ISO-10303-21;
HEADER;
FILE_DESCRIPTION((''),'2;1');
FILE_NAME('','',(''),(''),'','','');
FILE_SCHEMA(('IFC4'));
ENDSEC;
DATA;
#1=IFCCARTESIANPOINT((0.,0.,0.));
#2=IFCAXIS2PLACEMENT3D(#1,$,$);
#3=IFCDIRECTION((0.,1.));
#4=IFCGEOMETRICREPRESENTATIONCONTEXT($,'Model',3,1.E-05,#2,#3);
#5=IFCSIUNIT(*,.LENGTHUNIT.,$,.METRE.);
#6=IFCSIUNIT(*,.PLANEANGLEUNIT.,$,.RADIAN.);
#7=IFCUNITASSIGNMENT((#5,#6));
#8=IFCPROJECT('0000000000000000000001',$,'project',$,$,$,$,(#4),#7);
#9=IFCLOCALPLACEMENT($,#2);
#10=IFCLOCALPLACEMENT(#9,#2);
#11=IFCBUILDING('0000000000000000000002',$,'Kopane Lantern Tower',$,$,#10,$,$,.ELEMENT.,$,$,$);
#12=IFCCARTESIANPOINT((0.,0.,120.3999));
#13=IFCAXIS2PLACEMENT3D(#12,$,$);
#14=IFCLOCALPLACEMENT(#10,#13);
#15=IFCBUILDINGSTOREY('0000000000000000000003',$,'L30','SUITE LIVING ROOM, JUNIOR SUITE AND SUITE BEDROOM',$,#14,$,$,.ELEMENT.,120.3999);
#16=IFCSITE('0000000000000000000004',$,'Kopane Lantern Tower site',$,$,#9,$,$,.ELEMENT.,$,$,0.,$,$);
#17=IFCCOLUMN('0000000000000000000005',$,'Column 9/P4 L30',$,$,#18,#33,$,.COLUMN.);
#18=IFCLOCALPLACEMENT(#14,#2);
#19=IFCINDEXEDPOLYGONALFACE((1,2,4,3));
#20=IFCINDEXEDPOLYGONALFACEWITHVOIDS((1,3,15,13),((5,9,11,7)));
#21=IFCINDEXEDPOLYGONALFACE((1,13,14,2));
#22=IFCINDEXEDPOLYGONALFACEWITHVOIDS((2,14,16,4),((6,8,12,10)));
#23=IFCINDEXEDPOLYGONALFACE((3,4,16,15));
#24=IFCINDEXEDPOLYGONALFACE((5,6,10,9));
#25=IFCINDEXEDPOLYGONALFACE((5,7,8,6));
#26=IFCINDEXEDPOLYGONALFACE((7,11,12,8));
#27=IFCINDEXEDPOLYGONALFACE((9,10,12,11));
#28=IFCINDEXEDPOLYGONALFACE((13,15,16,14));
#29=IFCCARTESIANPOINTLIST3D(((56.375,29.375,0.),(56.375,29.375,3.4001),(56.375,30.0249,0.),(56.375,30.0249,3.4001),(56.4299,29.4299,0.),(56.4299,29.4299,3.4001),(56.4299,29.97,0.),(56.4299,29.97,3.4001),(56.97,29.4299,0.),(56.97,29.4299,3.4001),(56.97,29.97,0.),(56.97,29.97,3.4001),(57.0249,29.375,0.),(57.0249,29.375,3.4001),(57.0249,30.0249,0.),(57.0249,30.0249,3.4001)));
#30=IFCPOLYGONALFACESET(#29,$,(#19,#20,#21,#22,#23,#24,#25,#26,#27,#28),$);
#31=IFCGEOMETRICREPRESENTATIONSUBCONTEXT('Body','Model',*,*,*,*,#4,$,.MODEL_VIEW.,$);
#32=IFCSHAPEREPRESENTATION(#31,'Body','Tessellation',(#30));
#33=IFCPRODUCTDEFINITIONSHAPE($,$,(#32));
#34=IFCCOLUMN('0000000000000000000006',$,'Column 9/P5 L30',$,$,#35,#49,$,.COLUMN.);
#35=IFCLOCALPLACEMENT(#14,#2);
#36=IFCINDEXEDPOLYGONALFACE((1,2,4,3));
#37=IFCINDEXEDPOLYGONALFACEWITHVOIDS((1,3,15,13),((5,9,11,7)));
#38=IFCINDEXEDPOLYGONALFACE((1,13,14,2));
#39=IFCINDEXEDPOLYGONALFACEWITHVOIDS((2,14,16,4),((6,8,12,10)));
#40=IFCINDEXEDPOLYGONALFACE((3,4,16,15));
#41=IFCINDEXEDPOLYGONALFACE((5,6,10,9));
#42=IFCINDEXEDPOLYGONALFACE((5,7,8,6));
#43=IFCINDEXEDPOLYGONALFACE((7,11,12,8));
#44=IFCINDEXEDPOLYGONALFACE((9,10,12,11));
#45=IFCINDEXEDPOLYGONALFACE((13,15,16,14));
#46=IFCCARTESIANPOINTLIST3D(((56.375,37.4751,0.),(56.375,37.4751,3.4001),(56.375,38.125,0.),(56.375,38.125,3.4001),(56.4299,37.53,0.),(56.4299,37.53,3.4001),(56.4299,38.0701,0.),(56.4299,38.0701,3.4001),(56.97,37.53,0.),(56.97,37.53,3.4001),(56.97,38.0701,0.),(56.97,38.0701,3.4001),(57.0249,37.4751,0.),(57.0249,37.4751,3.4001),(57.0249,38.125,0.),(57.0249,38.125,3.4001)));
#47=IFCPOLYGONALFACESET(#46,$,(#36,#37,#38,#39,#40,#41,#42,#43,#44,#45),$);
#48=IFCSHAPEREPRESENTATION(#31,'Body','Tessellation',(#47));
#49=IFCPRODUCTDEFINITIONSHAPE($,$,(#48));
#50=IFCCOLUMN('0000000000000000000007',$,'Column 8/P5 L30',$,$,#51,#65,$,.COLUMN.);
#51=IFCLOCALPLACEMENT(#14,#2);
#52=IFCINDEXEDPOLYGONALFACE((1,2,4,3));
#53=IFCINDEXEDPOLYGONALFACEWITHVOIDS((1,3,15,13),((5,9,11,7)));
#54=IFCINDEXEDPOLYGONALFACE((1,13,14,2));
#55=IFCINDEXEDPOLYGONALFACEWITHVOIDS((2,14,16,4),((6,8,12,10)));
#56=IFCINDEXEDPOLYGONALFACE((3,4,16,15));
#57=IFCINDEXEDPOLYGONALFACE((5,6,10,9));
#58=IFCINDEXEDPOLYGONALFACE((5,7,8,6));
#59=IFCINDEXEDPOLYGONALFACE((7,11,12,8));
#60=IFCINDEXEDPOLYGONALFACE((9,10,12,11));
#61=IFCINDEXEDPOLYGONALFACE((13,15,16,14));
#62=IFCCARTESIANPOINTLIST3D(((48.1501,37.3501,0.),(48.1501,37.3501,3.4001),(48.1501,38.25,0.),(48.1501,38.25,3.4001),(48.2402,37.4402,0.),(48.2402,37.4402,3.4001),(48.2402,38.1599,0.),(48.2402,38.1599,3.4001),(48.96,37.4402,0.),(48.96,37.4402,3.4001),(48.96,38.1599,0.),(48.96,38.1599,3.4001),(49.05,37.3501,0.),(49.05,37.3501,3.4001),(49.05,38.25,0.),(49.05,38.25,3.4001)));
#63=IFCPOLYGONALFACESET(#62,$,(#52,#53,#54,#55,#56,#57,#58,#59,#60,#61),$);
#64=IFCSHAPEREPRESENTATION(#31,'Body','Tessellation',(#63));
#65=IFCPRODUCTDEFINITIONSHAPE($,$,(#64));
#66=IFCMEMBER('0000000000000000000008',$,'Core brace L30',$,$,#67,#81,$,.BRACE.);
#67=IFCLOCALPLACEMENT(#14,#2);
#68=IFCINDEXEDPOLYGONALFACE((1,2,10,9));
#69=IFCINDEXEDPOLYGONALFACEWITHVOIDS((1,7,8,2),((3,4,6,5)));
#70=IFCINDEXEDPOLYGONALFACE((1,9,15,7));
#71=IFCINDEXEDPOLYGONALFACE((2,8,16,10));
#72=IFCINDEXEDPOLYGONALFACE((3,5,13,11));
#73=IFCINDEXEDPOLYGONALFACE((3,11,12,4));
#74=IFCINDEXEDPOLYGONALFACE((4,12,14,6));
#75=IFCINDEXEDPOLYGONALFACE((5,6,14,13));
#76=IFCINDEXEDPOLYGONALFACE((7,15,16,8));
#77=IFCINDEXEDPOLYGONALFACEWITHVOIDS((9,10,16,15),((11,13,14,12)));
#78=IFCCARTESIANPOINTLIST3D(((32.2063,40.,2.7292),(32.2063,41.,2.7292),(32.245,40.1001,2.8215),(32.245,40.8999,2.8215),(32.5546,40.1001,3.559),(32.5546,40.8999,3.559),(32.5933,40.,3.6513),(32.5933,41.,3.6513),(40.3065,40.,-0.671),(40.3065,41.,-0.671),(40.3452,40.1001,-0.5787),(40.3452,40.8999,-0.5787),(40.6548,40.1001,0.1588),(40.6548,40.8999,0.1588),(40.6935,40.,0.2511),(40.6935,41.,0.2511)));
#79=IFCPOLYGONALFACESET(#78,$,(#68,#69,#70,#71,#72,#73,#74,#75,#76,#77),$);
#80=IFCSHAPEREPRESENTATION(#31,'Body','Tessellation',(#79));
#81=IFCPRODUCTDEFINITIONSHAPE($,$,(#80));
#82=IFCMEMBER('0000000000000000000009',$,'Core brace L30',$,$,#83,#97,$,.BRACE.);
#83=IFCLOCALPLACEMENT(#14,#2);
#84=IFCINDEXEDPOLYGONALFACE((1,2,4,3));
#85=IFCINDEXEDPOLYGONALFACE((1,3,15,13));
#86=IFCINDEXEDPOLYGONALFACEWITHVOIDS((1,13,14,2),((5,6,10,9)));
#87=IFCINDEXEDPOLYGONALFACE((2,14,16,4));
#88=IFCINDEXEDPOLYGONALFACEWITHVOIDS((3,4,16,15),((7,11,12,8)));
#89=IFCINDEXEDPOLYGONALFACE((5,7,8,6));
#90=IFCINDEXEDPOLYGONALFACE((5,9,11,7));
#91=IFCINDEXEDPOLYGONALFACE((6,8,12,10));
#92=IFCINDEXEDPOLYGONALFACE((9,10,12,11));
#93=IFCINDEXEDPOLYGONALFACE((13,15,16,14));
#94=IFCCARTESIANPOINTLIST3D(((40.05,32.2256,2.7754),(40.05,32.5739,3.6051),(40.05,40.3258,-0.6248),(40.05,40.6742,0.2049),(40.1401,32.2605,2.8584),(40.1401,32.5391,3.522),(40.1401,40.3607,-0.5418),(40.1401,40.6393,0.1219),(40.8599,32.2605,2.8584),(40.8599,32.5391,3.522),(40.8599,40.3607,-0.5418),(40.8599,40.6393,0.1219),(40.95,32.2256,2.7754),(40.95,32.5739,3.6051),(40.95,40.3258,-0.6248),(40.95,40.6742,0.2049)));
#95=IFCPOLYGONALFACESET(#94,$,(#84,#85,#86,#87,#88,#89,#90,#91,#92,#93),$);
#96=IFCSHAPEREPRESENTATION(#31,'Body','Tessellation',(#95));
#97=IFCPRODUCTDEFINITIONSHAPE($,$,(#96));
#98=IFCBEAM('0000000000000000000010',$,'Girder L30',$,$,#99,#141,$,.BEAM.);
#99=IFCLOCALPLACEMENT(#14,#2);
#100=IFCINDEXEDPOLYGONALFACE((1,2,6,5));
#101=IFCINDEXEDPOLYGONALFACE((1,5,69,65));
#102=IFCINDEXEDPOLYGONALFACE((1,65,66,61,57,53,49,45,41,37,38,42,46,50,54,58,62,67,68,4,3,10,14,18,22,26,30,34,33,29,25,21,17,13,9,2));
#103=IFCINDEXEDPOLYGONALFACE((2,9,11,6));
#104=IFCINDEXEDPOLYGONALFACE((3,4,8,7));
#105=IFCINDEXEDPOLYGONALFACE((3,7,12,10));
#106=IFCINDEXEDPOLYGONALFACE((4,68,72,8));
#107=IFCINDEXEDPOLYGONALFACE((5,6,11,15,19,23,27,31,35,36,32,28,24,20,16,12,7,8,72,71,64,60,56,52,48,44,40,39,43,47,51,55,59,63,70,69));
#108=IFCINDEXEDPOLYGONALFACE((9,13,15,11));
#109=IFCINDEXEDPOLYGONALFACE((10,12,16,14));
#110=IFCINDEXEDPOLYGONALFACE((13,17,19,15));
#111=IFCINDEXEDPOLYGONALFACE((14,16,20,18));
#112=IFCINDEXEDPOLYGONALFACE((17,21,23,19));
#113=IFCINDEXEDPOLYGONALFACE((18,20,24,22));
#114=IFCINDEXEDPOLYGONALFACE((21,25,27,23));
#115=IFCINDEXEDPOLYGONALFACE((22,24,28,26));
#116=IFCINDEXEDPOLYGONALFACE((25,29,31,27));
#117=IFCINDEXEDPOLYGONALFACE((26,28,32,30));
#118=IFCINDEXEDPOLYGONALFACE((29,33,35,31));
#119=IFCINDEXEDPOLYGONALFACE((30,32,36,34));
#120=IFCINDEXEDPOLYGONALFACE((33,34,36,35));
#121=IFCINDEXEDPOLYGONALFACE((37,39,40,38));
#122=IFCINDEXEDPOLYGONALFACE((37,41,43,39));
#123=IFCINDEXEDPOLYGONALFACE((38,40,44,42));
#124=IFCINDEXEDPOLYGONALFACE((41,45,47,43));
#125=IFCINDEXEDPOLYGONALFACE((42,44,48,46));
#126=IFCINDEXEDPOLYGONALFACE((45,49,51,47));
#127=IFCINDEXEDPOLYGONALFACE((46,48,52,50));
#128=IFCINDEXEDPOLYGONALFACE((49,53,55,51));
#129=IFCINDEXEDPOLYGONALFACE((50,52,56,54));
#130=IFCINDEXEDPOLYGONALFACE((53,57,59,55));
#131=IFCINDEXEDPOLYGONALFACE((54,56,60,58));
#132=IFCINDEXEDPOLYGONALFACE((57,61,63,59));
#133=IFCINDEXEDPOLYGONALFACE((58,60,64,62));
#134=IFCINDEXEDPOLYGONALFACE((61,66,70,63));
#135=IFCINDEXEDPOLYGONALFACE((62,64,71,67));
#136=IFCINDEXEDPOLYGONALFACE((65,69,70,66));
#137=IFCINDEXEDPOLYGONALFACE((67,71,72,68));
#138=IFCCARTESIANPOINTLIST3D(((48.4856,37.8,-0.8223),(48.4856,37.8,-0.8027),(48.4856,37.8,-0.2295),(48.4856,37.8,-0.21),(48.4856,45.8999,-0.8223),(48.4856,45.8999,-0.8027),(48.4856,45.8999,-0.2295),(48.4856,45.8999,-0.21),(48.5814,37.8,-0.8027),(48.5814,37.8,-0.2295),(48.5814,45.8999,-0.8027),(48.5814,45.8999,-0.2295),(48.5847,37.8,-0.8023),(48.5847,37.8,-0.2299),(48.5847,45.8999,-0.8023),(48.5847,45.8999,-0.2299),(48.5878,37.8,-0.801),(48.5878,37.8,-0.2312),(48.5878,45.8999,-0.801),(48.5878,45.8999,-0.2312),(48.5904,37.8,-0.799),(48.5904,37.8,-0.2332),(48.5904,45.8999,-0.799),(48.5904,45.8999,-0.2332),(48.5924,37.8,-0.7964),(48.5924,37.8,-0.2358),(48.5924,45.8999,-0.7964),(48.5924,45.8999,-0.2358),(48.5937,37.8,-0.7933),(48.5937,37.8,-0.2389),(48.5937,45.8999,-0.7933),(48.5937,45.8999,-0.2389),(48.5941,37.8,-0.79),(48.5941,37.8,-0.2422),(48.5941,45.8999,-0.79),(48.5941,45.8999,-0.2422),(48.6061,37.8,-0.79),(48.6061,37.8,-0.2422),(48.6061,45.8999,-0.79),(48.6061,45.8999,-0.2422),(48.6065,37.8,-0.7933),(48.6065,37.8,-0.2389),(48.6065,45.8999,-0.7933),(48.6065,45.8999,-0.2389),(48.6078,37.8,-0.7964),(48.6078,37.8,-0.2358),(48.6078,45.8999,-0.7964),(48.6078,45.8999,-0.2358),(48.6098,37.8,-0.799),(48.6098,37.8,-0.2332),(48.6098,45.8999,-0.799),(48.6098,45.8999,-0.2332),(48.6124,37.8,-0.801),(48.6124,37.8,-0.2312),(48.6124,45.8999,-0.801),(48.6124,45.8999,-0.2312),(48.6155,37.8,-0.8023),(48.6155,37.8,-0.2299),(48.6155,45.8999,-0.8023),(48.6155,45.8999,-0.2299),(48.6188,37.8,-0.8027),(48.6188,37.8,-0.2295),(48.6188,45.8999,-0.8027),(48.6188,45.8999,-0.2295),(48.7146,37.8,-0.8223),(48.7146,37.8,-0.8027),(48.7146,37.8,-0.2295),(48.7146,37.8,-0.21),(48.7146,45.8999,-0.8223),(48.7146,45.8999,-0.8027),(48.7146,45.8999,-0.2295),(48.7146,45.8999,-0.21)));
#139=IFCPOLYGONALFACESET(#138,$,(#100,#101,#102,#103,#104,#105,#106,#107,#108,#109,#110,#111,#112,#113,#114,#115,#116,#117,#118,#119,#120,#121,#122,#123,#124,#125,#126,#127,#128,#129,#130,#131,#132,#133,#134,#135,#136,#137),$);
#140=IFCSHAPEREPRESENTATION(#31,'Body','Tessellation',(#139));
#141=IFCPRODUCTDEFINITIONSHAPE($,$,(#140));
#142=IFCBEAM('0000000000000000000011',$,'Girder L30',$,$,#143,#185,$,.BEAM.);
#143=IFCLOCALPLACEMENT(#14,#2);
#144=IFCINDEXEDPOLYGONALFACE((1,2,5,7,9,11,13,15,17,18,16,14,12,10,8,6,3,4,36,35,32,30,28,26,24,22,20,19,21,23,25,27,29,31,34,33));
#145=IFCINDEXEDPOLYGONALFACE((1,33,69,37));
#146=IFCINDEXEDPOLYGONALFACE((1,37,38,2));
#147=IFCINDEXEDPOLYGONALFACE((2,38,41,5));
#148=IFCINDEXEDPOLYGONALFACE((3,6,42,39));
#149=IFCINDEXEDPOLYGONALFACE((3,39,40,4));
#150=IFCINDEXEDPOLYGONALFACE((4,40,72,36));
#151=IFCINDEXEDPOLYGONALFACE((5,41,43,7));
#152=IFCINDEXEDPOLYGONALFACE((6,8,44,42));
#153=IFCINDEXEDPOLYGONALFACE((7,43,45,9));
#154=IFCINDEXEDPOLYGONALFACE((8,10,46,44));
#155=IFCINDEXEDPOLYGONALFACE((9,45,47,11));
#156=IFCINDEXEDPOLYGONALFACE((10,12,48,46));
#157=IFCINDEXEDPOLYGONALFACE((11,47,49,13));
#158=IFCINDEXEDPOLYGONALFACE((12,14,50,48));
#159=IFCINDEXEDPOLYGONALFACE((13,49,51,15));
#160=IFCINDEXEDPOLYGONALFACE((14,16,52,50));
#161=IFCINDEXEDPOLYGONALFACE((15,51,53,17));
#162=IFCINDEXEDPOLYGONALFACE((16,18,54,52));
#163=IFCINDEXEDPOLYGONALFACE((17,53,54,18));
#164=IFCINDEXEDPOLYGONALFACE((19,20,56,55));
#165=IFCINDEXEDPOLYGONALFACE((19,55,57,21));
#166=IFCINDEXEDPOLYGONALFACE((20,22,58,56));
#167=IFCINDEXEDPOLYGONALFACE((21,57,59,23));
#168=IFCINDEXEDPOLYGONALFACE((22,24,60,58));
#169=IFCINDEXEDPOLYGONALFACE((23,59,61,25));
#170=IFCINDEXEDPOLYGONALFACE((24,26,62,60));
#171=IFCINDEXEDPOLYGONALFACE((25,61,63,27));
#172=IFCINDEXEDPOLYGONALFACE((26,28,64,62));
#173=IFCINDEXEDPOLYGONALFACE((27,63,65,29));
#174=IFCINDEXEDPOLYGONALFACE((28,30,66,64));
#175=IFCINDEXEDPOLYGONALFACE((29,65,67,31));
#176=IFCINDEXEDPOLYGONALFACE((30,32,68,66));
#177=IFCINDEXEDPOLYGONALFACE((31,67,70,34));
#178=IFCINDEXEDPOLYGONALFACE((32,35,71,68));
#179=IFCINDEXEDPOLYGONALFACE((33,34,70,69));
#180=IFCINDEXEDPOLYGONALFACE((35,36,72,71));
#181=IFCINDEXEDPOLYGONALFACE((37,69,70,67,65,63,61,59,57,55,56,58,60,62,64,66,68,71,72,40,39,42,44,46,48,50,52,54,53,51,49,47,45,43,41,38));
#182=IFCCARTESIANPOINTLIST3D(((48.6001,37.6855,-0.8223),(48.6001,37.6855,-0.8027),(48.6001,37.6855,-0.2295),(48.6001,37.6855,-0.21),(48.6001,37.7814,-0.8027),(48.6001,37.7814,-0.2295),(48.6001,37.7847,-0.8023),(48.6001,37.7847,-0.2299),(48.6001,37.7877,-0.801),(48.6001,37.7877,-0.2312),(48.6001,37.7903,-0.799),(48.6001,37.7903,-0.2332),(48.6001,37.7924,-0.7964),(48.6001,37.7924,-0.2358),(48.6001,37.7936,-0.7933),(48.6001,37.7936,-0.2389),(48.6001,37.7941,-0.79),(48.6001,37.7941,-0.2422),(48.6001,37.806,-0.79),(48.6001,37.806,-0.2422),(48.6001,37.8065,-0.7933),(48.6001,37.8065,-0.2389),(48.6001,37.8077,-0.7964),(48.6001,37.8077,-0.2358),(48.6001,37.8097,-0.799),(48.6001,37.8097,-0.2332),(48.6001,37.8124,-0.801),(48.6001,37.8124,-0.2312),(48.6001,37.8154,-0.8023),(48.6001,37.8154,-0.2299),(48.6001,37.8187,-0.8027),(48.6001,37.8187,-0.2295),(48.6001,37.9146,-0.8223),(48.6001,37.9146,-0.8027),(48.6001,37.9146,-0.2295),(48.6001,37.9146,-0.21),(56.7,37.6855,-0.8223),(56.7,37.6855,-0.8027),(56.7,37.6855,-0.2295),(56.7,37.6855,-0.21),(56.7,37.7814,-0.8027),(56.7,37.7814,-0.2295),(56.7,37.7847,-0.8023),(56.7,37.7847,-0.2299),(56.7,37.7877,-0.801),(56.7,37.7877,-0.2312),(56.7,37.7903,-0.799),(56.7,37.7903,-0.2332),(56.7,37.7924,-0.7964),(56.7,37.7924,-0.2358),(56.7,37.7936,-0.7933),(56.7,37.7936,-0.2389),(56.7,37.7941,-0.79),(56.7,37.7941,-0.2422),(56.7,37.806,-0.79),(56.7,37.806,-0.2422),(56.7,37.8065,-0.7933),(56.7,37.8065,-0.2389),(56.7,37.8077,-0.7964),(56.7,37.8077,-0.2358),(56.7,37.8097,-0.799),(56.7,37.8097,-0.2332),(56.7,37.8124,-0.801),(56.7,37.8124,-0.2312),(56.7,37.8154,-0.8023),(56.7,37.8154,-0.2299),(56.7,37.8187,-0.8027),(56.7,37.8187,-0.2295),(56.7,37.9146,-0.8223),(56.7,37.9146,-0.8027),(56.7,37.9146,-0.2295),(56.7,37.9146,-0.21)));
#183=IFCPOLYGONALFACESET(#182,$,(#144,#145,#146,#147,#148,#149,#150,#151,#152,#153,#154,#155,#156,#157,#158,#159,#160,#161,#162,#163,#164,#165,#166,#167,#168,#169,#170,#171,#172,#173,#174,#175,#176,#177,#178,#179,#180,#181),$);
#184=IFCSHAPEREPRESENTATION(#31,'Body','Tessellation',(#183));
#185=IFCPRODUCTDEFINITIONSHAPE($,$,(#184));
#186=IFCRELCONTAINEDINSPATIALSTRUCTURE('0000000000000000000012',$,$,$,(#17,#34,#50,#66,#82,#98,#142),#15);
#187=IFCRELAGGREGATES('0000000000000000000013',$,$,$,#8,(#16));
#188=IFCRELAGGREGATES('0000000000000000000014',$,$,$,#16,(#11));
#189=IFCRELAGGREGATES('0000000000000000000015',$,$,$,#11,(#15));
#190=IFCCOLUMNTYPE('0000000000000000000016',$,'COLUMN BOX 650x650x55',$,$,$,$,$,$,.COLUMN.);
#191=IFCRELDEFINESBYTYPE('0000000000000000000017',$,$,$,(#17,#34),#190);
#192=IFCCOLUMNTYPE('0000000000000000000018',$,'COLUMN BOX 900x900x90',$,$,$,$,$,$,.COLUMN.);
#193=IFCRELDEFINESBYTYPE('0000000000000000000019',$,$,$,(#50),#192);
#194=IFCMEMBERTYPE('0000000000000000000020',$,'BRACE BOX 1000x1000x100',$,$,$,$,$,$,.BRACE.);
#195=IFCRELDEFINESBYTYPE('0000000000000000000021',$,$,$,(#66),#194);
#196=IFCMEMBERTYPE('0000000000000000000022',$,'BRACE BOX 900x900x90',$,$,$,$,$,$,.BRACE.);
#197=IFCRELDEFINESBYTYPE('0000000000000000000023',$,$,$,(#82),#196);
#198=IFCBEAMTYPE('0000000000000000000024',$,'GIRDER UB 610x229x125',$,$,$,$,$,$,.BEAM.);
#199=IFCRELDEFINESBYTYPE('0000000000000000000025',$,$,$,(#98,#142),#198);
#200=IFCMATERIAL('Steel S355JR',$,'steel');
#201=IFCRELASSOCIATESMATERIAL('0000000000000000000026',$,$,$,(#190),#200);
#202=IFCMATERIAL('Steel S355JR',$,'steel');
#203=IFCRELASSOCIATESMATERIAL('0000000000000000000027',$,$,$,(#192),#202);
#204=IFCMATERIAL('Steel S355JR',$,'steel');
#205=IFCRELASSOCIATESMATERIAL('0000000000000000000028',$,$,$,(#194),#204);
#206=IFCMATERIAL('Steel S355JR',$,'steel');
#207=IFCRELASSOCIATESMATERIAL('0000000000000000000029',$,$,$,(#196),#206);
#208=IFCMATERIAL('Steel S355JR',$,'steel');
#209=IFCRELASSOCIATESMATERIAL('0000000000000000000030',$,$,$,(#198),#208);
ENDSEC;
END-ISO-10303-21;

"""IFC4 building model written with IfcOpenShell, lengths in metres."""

from ifc_helpers import new_model, si_unit, direction, frame, origin, origin_2d, place, context, subcontext, project, spatial, hollow_rectangle, i_section, extrude, material, material_profile, profile_set, type_object, element, save


model = new_model("IFC4")

# Units and contexts
model_context = context("Model", 3, precision=1e-05, world=origin(), true_north=direction((0.0, 1.0)))
body_context = subcontext(model_context, "Body", "Model", "MODEL_VIEW")
ifc_project = project(units=[si_unit("LENGTHUNIT", "METRE"), si_unit("PLANEANGLEUNIT", "RADIAN")], contexts=[model_context])

# Site, building, storey
site_placement = place(None, origin())
site = spatial("IfcSite", under=ifc_project, at=site_placement, Name="Kopane Lantern Tower site", CompositionType="ELEMENT", RefElevation=0.0)
building_placement = place(site_placement, origin())
building = spatial("IfcBuilding", under=site, at=building_placement, Name="Kopane Lantern Tower", CompositionType="ELEMENT")
storey_placement = place(building_placement, frame((0.0, 0.0, 120.3999)))
storey = spatial("IfcBuildingStorey", under=building, at=storey_placement, Name="L30", Description="SUITE LIVING ROOM, JUNIOR SUITE AND SUITE BEDROOM", CompositionType="ELEMENT", Elevation=120.3999)

# Columns
ifc_material_1 = material(Name="Steel S355JR", Category="steel")
ifc_material_profile_1 = material_profile(ifc_material_1, hollow_rectangle(XDim=0.6499, YDim=0.6499, WallThickness=0.0549, at=origin_2d()), Name="BOX 650x650x55")
ifc_profile_set_1 = profile_set([ifc_material_profile_1], Name="Steel S355JR")
column_type_1 = type_object("IfcColumnType", Name="COLUMN BOX 650x650x55", PredefinedType="COLUMN", material=ifc_profile_set_1)
for number, where, z_axis, x_axis, name in (
    (1, (56.7, 29.7, 0.0), (0.0, 0.0, 1.0), (1.0, 0.0, 0.0), "Column 9/P4 L30"),
    (2, (56.7, 37.8, 0.0), (0.0, 0.0, 1.0), (1.0, 0.0, 0.0), "Column 9/P5 L30"),
):
    element("IfcColumn", number, at=place(storey_placement, frame(where, z_axis=z_axis, x_axis=x_axis)), inside=storey, type_object=column_type_1, Name=name, PredefinedType="COLUMN", context=body_context, shape_type="SweptSolid", body=[
        extrude(hollow_rectangle(XDim=0.6499, YDim=0.6499, WallThickness=0.0549, at=origin_2d()), origin(), (0.0, 0.0, 1.0), 3.4001),
    ])
ifc_material_2 = material(Name="Steel S355JR", Category="steel")
ifc_material_profile_2 = material_profile(ifc_material_2, hollow_rectangle(XDim=0.8999, YDim=0.8999, WallThickness=0.0901, at=origin_2d()), Name="BOX 900x900x90")
ifc_profile_set_2 = profile_set([ifc_material_profile_2], Name="Steel S355JR")
column_type_2 = type_object("IfcColumnType", Name="COLUMN BOX 900x900x90", PredefinedType="COLUMN", material=ifc_profile_set_2)
column_placement = place(storey_placement, frame((48.6001, 37.8, 0.0), z_axis=(0.0, 0.0, 1.0), x_axis=(1.0, 0.0, 0.0)))
element("IfcColumn", 3, at=column_placement, inside=storey, type_object=column_type_2, Name="Column 8/P5 L30", PredefinedType="COLUMN", context=body_context, shape_type="SweptSolid", body=[
    extrude(hollow_rectangle(XDim=0.8999, YDim=0.8999, WallThickness=0.0901, at=origin_2d()), origin(), (0.0, 0.0, 1.0), 3.4001),
])

# Members
ifc_material_3 = material(Name="Steel S355JR", Category="steel")
ifc_material_profile_3 = material_profile(ifc_material_3, hollow_rectangle(XDim=1.0, YDim=1.0, WallThickness=0.1001, at=origin_2d()), Name="BOX 1000x1000x100")
ifc_profile_set_3 = profile_set([ifc_material_profile_3], Name="Steel S355JR")
member_type_1 = type_object("IfcMemberType", Name="BRACE BOX 1000x1000x100", PredefinedType="BRACE", material=ifc_profile_set_3)
member_1_placement = place(storey_placement, frame((40.5, 40.5, -0.21), z_axis=(-0.922059, 0.0, 0.387049), x_axis=(0.0, -1.0, 0.0)))
element("IfcMember", 4, at=member_1_placement, inside=storey, type_object=member_type_1, Name="Core brace L30", PredefinedType="BRACE", context=body_context, shape_type="SweptSolid", body=[
    extrude(hollow_rectangle(XDim=1.0, YDim=1.0, WallThickness=0.1001, at=origin_2d()), origin(), (0.0, 0.0, 1.0), 8.7849),
])
ifc_material_4 = material(Name="Steel S355JR", Category="steel")
ifc_material_profile_4 = material_profile(ifc_material_4, hollow_rectangle(XDim=0.8999, YDim=0.8999, WallThickness=0.0901, at=origin_2d()), Name="BOX 900x900x90")
ifc_profile_set_4 = profile_set([ifc_material_profile_4], Name="Steel S355JR")
member_type_2 = type_object("IfcMemberType", Name="BRACE BOX 900x900x90", PredefinedType="BRACE", material=ifc_profile_set_4)
member_2_placement = place(storey_placement, frame((40.5, 40.5, -0.21), z_axis=(0.0, -0.922059, 0.387049), x_axis=(1.0, 0.0, 0.0)))
element("IfcMember", 5, at=member_2_placement, inside=storey, type_object=member_type_2, Name="Core brace L30", PredefinedType="BRACE", context=body_context, shape_type="SweptSolid", body=[
    extrude(hollow_rectangle(XDim=0.8999, YDim=0.8999, WallThickness=0.0901, at=origin_2d()), origin(), (0.0, 0.0, 1.0), 8.7849),
])

# Beams
ifc_material_5 = material(Name="Steel S355JR", Category="steel")
ifc_material_profile_5 = material_profile(ifc_material_5, i_section(OverallWidth=0.229, OverallDepth=0.6123, WebThickness=0.012, FlangeThickness=0.0195, FilletRadius=0.0127, at=origin_2d()), Name="UB 610x229x125")
ifc_profile_set_5 = profile_set([ifc_material_profile_5], Name="Steel S355JR")
beam_type = type_object("IfcBeamType", Name="GIRDER UB 610x229x125", PredefinedType="BEAM", material=ifc_profile_set_5)
for number, where, z_axis, x_axis, name in (
    (6, (48.6001, 37.8, -0.5161), (0.0, 1.0, 0.0), (-1.0, 0.0, 0.0), "Girder L30"),
    (7, (48.6001, 37.8, -0.5161), (1.0, 0.0, 0.0), (0.0, 1.0, 0.0), "Girder L30"),
):
    element("IfcBeam", number, at=place(storey_placement, frame(where, z_axis=z_axis, x_axis=x_axis)), inside=storey, type_object=beam_type, Name=name, PredefinedType="BEAM", context=body_context, shape_type="SweptSolid", body=[
        extrude(i_section(OverallWidth=0.229, OverallDepth=0.6123, WebThickness=0.012, FlangeThickness=0.0195, FilletRadius=0.0127, at=origin_2d()), origin(), (0.0, 0.0, 1.0), 8.0999),
    ])

save(model, "model.ifc")
